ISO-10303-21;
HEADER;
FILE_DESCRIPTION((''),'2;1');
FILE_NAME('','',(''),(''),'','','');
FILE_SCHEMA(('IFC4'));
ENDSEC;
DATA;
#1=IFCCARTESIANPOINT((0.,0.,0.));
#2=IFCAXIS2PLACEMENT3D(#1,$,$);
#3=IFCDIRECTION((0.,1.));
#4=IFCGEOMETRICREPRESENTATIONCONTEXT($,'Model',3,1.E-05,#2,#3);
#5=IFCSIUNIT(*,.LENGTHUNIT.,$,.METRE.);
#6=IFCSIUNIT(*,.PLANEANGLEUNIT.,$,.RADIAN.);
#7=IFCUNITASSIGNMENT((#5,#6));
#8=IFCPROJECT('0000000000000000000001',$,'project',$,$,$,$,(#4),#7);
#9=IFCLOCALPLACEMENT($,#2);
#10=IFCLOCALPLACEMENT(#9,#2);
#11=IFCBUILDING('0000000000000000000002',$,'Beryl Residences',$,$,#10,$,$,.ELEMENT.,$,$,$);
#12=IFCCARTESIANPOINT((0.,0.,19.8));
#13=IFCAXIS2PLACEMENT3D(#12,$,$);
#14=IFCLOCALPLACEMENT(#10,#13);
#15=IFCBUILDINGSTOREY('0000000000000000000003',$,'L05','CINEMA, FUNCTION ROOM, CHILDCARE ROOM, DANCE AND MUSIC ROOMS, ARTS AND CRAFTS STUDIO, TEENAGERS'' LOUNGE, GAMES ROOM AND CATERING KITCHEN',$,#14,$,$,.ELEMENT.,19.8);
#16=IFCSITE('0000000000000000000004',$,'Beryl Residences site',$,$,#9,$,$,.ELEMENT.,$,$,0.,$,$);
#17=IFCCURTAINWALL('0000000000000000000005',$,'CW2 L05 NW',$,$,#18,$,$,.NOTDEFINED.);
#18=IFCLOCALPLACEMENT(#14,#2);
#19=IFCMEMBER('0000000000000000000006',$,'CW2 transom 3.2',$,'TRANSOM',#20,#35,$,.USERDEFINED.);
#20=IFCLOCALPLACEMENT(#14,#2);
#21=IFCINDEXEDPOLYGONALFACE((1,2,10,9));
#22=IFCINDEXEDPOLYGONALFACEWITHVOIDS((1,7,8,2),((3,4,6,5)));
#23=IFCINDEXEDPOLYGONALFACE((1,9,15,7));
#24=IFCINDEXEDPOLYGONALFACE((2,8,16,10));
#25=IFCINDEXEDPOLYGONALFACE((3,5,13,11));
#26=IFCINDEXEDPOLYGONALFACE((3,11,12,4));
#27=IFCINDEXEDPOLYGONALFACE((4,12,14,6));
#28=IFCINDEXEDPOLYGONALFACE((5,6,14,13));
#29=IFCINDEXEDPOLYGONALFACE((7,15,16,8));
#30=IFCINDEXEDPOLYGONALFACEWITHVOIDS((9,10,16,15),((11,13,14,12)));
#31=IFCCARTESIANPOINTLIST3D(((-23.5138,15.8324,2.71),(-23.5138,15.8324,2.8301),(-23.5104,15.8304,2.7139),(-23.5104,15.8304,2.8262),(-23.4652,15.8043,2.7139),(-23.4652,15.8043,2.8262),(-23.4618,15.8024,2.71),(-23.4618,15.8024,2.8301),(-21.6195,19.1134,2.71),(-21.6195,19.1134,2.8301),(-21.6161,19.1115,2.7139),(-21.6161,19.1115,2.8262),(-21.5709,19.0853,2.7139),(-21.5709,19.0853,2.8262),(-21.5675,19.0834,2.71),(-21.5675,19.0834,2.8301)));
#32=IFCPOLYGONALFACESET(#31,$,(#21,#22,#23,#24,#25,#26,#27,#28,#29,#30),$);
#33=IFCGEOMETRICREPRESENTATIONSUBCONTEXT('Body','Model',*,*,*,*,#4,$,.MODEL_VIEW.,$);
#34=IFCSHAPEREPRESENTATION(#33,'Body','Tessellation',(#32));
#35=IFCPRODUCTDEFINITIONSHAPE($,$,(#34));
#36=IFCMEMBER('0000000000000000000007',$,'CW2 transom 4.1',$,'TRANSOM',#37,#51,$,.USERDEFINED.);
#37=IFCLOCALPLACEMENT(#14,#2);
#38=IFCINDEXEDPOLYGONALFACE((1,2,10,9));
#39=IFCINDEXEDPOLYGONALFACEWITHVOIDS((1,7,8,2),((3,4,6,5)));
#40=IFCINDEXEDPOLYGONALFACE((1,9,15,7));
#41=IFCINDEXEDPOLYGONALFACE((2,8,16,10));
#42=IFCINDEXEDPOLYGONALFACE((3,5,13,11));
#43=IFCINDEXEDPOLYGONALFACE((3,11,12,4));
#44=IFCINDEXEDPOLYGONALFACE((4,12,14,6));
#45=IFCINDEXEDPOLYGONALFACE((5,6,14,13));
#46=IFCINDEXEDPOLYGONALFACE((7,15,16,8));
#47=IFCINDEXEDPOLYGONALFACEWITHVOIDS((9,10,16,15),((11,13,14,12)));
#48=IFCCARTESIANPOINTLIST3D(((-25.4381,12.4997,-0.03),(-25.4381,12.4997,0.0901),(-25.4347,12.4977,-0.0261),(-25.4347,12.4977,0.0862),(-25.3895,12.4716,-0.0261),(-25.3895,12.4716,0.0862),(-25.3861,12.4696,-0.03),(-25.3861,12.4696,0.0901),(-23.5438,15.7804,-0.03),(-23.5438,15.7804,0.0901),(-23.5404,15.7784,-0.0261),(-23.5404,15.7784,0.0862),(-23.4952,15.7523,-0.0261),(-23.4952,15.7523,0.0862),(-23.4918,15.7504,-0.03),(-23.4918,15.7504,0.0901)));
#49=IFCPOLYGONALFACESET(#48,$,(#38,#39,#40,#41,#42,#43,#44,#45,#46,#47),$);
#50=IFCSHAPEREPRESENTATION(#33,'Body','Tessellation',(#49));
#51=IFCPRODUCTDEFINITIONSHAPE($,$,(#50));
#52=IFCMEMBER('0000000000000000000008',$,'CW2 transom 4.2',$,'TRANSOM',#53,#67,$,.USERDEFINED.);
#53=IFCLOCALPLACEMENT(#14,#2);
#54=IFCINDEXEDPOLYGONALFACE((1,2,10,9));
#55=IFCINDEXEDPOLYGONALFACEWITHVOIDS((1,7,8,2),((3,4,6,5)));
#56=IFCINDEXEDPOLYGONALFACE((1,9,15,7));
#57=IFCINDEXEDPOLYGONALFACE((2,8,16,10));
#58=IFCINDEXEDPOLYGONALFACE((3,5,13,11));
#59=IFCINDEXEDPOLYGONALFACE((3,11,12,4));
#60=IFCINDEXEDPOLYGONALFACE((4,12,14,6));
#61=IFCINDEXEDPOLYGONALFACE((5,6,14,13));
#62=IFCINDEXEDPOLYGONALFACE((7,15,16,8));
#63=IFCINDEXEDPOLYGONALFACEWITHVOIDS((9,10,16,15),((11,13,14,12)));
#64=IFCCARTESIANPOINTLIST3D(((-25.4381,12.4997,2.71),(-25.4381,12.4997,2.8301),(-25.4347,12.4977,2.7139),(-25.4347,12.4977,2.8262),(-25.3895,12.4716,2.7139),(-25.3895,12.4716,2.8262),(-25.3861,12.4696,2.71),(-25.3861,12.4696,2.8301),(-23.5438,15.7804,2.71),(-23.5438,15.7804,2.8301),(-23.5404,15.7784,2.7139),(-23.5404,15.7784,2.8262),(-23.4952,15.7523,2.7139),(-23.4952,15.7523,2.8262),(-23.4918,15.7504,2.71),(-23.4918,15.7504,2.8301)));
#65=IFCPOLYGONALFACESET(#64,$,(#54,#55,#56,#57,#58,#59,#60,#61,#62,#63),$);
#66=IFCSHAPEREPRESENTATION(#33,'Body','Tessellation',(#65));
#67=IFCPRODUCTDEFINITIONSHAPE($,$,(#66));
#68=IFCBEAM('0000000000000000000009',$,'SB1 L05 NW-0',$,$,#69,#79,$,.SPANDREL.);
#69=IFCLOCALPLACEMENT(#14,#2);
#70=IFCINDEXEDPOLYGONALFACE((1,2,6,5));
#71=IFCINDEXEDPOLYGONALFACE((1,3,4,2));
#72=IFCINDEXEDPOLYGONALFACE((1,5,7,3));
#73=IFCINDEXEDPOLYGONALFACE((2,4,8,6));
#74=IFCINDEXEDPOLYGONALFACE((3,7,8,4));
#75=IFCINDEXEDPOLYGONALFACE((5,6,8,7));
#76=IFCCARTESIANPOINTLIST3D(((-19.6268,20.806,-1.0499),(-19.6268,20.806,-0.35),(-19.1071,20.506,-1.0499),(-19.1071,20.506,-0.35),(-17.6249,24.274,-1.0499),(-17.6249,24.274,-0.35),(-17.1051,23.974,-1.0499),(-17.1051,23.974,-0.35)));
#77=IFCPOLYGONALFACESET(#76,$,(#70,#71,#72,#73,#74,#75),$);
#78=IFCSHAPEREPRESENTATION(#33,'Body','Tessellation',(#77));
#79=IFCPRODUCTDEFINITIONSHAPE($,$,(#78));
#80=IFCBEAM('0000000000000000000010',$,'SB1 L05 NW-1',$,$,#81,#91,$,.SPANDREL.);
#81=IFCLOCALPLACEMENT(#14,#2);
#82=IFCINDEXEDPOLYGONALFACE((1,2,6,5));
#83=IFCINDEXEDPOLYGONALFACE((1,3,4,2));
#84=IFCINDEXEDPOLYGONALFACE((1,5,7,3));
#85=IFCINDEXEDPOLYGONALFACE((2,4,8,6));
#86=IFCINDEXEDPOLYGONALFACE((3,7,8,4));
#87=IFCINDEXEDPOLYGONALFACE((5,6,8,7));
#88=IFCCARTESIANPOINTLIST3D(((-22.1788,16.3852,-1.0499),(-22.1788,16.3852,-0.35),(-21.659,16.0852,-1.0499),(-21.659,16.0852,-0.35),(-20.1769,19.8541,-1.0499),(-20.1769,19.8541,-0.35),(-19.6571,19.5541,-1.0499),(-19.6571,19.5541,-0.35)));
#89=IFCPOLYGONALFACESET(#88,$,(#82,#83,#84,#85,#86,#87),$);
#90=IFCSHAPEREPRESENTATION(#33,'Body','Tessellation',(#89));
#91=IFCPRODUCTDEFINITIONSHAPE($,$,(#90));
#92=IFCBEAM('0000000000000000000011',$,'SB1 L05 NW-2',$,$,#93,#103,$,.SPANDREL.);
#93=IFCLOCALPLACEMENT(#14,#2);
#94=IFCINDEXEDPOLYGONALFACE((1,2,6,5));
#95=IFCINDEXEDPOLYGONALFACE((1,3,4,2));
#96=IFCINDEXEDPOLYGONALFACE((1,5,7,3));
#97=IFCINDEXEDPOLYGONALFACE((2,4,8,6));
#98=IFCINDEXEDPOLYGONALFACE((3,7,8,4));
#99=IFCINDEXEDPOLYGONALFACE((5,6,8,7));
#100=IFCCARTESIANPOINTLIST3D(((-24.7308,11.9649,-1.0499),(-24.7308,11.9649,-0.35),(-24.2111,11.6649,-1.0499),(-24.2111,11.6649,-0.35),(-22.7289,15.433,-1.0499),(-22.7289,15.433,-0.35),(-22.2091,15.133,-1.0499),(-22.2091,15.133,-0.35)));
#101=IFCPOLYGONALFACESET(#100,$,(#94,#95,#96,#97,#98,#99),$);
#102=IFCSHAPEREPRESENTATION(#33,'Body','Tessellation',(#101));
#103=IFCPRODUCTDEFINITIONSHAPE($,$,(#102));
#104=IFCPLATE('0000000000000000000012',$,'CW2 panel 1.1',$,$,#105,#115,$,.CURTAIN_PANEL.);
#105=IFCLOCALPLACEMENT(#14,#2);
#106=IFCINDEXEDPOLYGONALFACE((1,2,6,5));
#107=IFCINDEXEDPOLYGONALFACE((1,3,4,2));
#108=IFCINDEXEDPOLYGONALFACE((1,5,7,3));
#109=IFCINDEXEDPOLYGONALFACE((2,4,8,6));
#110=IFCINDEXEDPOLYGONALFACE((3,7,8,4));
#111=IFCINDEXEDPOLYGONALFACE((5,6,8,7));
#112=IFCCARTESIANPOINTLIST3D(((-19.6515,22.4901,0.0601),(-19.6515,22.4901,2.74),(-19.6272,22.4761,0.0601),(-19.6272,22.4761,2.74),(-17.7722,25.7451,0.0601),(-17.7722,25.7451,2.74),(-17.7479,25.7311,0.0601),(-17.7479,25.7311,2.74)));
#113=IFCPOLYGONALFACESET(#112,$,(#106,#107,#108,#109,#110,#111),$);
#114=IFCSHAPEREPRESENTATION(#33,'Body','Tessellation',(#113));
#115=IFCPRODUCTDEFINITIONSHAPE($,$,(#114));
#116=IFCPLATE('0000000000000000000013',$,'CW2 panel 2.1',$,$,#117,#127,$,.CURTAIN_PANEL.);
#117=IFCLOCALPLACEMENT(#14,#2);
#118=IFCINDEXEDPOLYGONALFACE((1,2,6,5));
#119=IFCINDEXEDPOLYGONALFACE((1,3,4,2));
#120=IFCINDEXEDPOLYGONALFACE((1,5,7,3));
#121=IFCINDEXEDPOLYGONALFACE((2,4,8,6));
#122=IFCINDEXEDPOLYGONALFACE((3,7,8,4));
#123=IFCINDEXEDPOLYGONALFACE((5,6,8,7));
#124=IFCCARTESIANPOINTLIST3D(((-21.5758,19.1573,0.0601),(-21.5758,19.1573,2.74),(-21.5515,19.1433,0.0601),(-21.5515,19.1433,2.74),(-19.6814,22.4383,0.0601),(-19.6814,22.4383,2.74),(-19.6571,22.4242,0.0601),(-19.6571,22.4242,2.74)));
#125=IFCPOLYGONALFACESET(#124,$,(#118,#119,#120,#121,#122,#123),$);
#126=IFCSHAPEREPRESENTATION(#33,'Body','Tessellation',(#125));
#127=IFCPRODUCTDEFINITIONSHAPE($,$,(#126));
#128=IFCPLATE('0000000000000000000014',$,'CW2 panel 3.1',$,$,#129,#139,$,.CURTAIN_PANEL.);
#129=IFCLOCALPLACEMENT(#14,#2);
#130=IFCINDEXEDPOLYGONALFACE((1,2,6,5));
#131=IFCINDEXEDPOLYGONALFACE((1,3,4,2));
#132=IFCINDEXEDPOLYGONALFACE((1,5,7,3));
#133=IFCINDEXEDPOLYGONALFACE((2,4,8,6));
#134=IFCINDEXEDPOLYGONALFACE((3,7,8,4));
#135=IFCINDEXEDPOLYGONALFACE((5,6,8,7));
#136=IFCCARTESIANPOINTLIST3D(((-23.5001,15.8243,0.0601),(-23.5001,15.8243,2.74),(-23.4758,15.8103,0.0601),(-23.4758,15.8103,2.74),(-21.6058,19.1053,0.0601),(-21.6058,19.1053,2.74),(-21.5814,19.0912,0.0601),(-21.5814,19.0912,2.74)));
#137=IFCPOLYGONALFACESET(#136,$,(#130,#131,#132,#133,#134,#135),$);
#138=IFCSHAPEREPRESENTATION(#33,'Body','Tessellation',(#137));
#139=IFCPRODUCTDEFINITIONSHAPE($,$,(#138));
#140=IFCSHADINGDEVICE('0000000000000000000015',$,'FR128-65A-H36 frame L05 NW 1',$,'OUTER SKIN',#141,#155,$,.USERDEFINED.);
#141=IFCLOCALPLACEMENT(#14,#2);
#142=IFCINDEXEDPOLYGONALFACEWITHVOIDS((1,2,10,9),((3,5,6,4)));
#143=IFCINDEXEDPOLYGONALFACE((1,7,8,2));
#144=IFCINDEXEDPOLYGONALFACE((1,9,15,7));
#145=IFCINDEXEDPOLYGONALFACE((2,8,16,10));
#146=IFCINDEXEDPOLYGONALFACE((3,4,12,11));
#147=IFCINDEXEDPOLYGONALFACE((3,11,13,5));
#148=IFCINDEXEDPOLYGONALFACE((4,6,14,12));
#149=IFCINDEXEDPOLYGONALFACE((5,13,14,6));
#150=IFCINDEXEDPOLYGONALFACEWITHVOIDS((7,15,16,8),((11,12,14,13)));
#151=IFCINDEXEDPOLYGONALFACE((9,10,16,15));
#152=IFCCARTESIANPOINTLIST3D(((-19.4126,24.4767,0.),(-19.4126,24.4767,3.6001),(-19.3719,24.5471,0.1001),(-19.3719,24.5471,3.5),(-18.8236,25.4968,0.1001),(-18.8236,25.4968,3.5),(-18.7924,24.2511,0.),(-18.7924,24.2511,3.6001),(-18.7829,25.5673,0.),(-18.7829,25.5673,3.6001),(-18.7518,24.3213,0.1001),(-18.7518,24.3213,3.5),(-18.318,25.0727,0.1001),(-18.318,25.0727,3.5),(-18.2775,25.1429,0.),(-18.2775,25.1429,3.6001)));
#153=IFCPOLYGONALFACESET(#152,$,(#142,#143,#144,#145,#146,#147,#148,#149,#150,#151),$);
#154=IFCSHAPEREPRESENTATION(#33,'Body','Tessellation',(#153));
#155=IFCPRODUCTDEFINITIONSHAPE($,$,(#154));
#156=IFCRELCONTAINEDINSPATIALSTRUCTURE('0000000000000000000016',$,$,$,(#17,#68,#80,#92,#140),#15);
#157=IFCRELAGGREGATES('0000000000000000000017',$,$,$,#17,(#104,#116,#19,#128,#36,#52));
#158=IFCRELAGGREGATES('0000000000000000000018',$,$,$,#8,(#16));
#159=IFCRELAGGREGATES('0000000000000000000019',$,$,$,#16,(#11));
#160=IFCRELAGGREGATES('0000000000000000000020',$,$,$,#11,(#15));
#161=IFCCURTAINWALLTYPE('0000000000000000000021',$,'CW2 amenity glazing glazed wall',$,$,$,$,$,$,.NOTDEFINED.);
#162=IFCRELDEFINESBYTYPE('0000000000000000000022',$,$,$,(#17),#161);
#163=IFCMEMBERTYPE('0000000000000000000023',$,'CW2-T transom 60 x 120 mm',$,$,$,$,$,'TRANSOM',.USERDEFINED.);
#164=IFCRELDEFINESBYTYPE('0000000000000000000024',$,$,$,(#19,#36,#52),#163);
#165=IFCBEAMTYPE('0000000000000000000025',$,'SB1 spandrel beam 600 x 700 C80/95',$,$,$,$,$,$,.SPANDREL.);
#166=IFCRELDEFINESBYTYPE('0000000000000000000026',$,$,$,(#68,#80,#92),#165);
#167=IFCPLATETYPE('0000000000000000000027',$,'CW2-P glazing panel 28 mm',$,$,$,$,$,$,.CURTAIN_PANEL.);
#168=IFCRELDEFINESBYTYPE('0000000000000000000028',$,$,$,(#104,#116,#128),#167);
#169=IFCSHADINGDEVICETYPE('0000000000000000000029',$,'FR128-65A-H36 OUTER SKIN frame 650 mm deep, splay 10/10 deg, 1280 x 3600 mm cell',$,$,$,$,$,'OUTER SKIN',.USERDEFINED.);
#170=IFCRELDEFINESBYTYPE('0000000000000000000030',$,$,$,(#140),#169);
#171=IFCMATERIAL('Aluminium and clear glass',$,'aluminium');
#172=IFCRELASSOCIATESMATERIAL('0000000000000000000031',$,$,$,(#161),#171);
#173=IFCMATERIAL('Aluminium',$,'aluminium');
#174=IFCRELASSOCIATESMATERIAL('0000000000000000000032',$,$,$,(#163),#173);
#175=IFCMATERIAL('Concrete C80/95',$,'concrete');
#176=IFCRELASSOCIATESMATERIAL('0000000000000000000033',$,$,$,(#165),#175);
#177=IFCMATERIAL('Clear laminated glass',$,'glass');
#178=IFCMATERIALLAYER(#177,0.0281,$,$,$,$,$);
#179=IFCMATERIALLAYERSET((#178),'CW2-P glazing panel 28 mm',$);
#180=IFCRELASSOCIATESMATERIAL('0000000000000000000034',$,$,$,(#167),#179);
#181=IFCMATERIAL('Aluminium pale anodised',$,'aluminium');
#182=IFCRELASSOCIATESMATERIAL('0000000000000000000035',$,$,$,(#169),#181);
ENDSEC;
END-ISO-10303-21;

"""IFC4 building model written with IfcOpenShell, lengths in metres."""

from ifc_helpers import new_model, entity, si_unit, direction, frame, origin, origin_2d, place, context, subcontext, project, spatial, rectangle, hollow_rectangle, extrude, source, transform, mapped, material, layer, layer_set, material_profile, profile_set, type_object, type_shapes, element, aggregate, save


model = new_model("IFC4")

# Units and contexts
model_context = context("Model", 3, precision=1e-05, world=origin(), true_north=direction((0.0, 1.0)))
body_context = subcontext(model_context, "Body", "Model", "MODEL_VIEW")
ifc_project = project(units=[si_unit("LENGTHUNIT", "METRE"), si_unit("PLANEANGLEUNIT", "RADIAN")], contexts=[model_context])

# Site, building, storey
site_placement = place(None, origin())
site = spatial("IfcSite", under=ifc_project, at=site_placement, Name="Beryl Residences site", CompositionType="ELEMENT", RefElevation=0.0)
building_placement = place(site_placement, origin())
building = spatial("IfcBuilding", under=site, at=building_placement, Name="Beryl Residences", CompositionType="ELEMENT")
storey_placement = place(building_placement, frame((0.0, 0.0, 19.8)))
storey = spatial("IfcBuildingStorey", under=building, at=storey_placement, Name="L05", Description="CINEMA, FUNCTION ROOM, CHILDCARE ROOM, DANCE AND MUSIC ROOMS, ARTS AND CRAFTS STUDIO, TEENAGERS' LOUNGE, GAMES ROOM AND CATERING KITCHEN", CompositionType="ELEMENT", Elevation=19.8)

# Shared definitions
ifc_material_1 = material(Name="Aluminium and clear glass", Category="aluminium")
curtain_wall_type = type_object("IfcCurtainWallType", Name="CW2 amenity glazing glazed wall", PredefinedType="NOTDEFINED", material=ifc_material_1)

# Curtain wall, members
curtain_wall_1_placement = place(storey_placement, origin())
curtain_wall_1 = element("IfcCurtainWall", 1, at=curtain_wall_1_placement, inside=storey, type_object=curtain_wall_type, Name="CW2 L05 NW", PredefinedType="NOTDEFINED")
ifc_material_2 = material(Name="Aluminium", Category="aluminium")
ifc_material_profile_1 = material_profile(ifc_material_2, hollow_rectangle(XDim=0.0601, YDim=0.1201, WallThickness=0.0039, at=origin_2d()))
ifc_profile_set_1 = profile_set([ifc_material_profile_1], Name="Aluminium")
member_type_1 = type_object("IfcMemberType", Name="CW2-T transom 60 x 120 mm", ElementType="TRANSOM", PredefinedType="USERDEFINED", material=ifc_profile_set_1)
member_1_placement = place(storey_placement, frame((-21.5935, 19.0984, 2.77), z_axis=(-0.5, -0.866026, 0.0), x_axis=(0.866026, -0.5, 0.0)))
member_1 = element("IfcMember", 2, at=member_1_placement, type_object=member_type_1, Name="CW2 transom 3.2", ObjectType="TRANSOM", PredefinedType="USERDEFINED", context=body_context, shape_type="SweptSolid", body=[
    extrude(hollow_rectangle(XDim=0.0601, YDim=0.1201, WallThickness=0.0039, at=origin_2d()), origin(), (0.0, 0.0, 1.0), 3.7886),
])
member_2_placement = place(storey_placement, frame((-23.5178, 15.7654, 0.03), z_axis=(-0.500027, -0.86601, 0.0), x_axis=(0.86601, -0.500027, 0.0)))
member_2 = element("IfcMember", 3, at=member_2_placement, type_object=member_type_1, Name="CW2 transom 4.1", ObjectType="TRANSOM", PredefinedType="USERDEFINED", context=body_context, shape_type="SweptSolid", body=[
    extrude(hollow_rectangle(XDim=0.0601, YDim=0.1201, WallThickness=0.0039, at=origin_2d()), origin(), (0.0, 0.0, 1.0), 3.7883),
])
member_3_placement = place(storey_placement, frame((-23.5178, 15.7654, 2.77), z_axis=(-0.500027, -0.86601, 0.0), x_axis=(0.86601, -0.500027, 0.0)))
member_3 = element("IfcMember", 4, at=member_3_placement, type_object=member_type_1, Name="CW2 transom 4.2", ObjectType="TRANSOM", PredefinedType="USERDEFINED", context=body_context, shape_type="SweptSolid", body=[
    extrude(hollow_rectangle(XDim=0.0601, YDim=0.1201, WallThickness=0.0039, at=origin_2d()), origin(), (0.0, 0.0, 1.0), 3.7883),
])

# Beams
ifc_material_3 = material(Name="Concrete C80/95", Category="concrete")
ifc_material_profile_2 = material_profile(ifc_material_3, rectangle(XDim=0.6001, YDim=0.7, at=origin_2d()))
ifc_profile_set_2 = profile_set([ifc_material_profile_2], Name="Concrete C80/95")
beam_type = type_object("IfcBeamType", Name="SB1 spandrel beam 600 x 700 C80/95", PredefinedType="SPANDREL", material=ifc_profile_set_2)
beam_1_placement = place(storey_placement, frame((-17.365, 24.124, -0.7), z_axis=(-0.499942, -0.866059, 0.0), x_axis=(0.866059, -0.499942, 0.0)))
element("IfcBeam", 5, at=beam_1_placement, inside=storey, type_object=beam_type, Name="SB1 L05 NW-0", PredefinedType="SPANDREL", context=body_context, shape_type="SweptSolid", body=[
    extrude(rectangle(XDim=0.6001, YDim=0.7, at=origin_2d()), origin(), (0.0, 0.0, 1.0), 4.0044),
])
beam_2_placement = place(storey_placement, frame((-19.917, 19.7041, -0.7), z_axis=(-0.499837, -0.86612, 0.0), x_axis=(0.86612, -0.499837, 0.0)))
element("IfcBeam", 6, at=beam_2_placement, inside=storey, type_object=beam_type, Name="SB1 L05 NW-1", PredefinedType="SPANDREL", context=body_context, shape_type="SweptSolid", body=[
    extrude(rectangle(XDim=0.6001, YDim=0.7, at=origin_2d()), origin(), (0.0, 0.0, 1.0), 4.0051),
])
beam_3_placement = place(storey_placement, frame((-22.469, 15.283, -0.7), z_axis=(-0.499942, -0.866059, 0.0), x_axis=(0.866059, -0.499942, 0.0)))
element("IfcBeam", 7, at=beam_3_placement, inside=storey, type_object=beam_type, Name="SB1 L05 NW-2", PredefinedType="SPANDREL", context=body_context, shape_type="SweptSolid", body=[
    extrude(rectangle(XDim=0.6001, YDim=0.7, at=origin_2d()), origin(), (0.0, 0.0, 1.0), 4.0044),
])

# Plates
ifc_material_4 = material(Name="Clear laminated glass", Category="glass")
ifc_layer = layer(ifc_material_4, 0.0281)
ifc_layer_set = layer_set([ifc_layer], Name="CW2-P glazing panel 28 mm")
plate_type = type_object("IfcPlateType", Name="CW2-P glazing panel 28 mm", PredefinedType="CURTAIN_PANEL", material=ifc_layer_set)
plate_1_placement = place(storey_placement, frame((-18.6997, 24.1106, 0.0601), z_axis=(0.0, 0.0, 1.0), x_axis=(-0.500012, -0.866019, 0.0)))
plate_1 = element("IfcPlate", 8, at=plate_1_placement, type_object=plate_type, Name="CW2 panel 1.1", PredefinedType="CURTAIN_PANEL", context=body_context, shape_type="SweptSolid", body=[
    extrude(rectangle(XDim=3.7585, YDim=0.0281, at=origin_2d()), origin(), (0.0, 0.0, 1.0), 2.6799),
])
plate_2_placement = place(storey_placement, frame((-20.6165, 20.7908, 0.0601), z_axis=(0.0, 0.0, 1.0), x_axis=(-0.500012, -0.866019, 0.0)))
plate_2 = element("IfcPlate", 9, at=plate_2_placement, type_object=plate_type, Name="CW2 panel 2.1", PredefinedType="CURTAIN_PANEL", context=body_context, shape_type="SweptSolid", body=[
    extrude(rectangle(XDim=3.7886, YDim=0.0281, at=origin_2d()), origin(), (0.0, 0.0, 1.0), 2.6799),
])
plate_3_placement = place(storey_placement, frame((-22.5408, 17.4578, 0.0601), z_axis=(0.0, 0.0, 1.0), x_axis=(-0.500012, -0.866019, 0.0)))
plate_3 = element("IfcPlate", 10, at=plate_3_placement, type_object=plate_type, Name="CW2 panel 3.1", PredefinedType="CURTAIN_PANEL", context=body_context, shape_type="SweptSolid", body=[
    extrude(rectangle(XDim=3.7886, YDim=0.0281, at=origin_2d()), origin(), (0.0, 0.0, 1.0), 2.6799),
])
aggregate(curtain_wall_1, [plate_1, plate_2, member_1, plate_3, member_2, member_3])

# Shading device
ifc_material_5 = material(Name="Aluminium pale anodised", Category="aluminium")
shading_device_type_1 = type_object("IfcShadingDeviceType", Name="FR128-65A-H36 OUTER SKIN frame 650 mm deep, splay 10/10 deg, 1280 x 3600 mm cell", ElementType="OUTER SKIN", PredefinedType="USERDEFINED", material=ifc_material_5)
cartesian_point_1 = entity("IfcCartesianPoint", [-0.5149, 0.0])
cartesian_point_2 = entity("IfcCartesianPoint", [-0.4338, 0.1001])
cartesian_point_3 = entity("IfcCartesianPoint", [-0.6296, 0.0])
cartesian_point_4 = entity("IfcCartesianPoint", [-0.5483, 0.1001])
shared_shape_1 = source(origin(), body_context, "Body", "SweptSolid", [
    entity("IfcExtrudedAreaSolidTapered", entity("IfcArbitraryProfileDefWithVoids", "AREA", None, entity("IfcPolyline", [cartesian_point_1, entity("IfcCartesianPoint", [0.5149, 0.0]), entity("IfcCartesianPoint", [0.5149, 3.6001]), entity("IfcCartesianPoint", [-0.5149, 3.6001]), cartesian_point_1]), [entity("IfcPolyline", [cartesian_point_2, entity("IfcCartesianPoint", [0.4338, 0.1001]), entity("IfcCartesianPoint", [0.4338, 3.5]), entity("IfcCartesianPoint", [-0.4338, 3.5]), cartesian_point_2])]), entity("IfcAxis2Placement3D", entity("IfcCartesianPoint", [0.0, 0.0, 0.0]), entity("IfcDirection", [0.0, 1.0, 0.0]), entity("IfcDirection", [-1.0, 0.0, 0.0])), entity("IfcDirection", [0.0, 0.0, 1.0]), 0.6499, entity("IfcArbitraryProfileDefWithVoids", "AREA", None, entity("IfcPolyline", [cartesian_point_3, entity("IfcCartesianPoint", [0.6296, 0.0]), entity("IfcCartesianPoint", [0.6296, 3.6001]), entity("IfcCartesianPoint", [-0.6296, 3.6001]), cartesian_point_3]), [entity("IfcPolyline", [cartesian_point_4, entity("IfcCartesianPoint", [0.5483, 0.1001]), entity("IfcCartesianPoint", [0.5483, 3.5]), entity("IfcCartesianPoint", [-0.5483, 3.5]), cartesian_point_4])])),
])
type_shapes(shading_device_type_1, [shared_shape_1])
shading_device_placement = place(storey_placement, frame((-18.5349, 24.697, 0.0), z_axis=(0.0, 0.0, 1.0), x_axis=(0.5, 0.866025, 0.0)))
element("IfcShadingDevice", 11, at=shading_device_placement, inside=storey, type_object=shading_device_type_1, Name="FR128-65A-H36 frame L05 NW 1", ObjectType="OUTER SKIN", PredefinedType="USERDEFINED", context=body_context, shape_type="MappedRepresentation", body=[
    mapped(shared_shape_1, transform((0.0, 0.0, 0.0))),
])

save(model, "model.ifc")
